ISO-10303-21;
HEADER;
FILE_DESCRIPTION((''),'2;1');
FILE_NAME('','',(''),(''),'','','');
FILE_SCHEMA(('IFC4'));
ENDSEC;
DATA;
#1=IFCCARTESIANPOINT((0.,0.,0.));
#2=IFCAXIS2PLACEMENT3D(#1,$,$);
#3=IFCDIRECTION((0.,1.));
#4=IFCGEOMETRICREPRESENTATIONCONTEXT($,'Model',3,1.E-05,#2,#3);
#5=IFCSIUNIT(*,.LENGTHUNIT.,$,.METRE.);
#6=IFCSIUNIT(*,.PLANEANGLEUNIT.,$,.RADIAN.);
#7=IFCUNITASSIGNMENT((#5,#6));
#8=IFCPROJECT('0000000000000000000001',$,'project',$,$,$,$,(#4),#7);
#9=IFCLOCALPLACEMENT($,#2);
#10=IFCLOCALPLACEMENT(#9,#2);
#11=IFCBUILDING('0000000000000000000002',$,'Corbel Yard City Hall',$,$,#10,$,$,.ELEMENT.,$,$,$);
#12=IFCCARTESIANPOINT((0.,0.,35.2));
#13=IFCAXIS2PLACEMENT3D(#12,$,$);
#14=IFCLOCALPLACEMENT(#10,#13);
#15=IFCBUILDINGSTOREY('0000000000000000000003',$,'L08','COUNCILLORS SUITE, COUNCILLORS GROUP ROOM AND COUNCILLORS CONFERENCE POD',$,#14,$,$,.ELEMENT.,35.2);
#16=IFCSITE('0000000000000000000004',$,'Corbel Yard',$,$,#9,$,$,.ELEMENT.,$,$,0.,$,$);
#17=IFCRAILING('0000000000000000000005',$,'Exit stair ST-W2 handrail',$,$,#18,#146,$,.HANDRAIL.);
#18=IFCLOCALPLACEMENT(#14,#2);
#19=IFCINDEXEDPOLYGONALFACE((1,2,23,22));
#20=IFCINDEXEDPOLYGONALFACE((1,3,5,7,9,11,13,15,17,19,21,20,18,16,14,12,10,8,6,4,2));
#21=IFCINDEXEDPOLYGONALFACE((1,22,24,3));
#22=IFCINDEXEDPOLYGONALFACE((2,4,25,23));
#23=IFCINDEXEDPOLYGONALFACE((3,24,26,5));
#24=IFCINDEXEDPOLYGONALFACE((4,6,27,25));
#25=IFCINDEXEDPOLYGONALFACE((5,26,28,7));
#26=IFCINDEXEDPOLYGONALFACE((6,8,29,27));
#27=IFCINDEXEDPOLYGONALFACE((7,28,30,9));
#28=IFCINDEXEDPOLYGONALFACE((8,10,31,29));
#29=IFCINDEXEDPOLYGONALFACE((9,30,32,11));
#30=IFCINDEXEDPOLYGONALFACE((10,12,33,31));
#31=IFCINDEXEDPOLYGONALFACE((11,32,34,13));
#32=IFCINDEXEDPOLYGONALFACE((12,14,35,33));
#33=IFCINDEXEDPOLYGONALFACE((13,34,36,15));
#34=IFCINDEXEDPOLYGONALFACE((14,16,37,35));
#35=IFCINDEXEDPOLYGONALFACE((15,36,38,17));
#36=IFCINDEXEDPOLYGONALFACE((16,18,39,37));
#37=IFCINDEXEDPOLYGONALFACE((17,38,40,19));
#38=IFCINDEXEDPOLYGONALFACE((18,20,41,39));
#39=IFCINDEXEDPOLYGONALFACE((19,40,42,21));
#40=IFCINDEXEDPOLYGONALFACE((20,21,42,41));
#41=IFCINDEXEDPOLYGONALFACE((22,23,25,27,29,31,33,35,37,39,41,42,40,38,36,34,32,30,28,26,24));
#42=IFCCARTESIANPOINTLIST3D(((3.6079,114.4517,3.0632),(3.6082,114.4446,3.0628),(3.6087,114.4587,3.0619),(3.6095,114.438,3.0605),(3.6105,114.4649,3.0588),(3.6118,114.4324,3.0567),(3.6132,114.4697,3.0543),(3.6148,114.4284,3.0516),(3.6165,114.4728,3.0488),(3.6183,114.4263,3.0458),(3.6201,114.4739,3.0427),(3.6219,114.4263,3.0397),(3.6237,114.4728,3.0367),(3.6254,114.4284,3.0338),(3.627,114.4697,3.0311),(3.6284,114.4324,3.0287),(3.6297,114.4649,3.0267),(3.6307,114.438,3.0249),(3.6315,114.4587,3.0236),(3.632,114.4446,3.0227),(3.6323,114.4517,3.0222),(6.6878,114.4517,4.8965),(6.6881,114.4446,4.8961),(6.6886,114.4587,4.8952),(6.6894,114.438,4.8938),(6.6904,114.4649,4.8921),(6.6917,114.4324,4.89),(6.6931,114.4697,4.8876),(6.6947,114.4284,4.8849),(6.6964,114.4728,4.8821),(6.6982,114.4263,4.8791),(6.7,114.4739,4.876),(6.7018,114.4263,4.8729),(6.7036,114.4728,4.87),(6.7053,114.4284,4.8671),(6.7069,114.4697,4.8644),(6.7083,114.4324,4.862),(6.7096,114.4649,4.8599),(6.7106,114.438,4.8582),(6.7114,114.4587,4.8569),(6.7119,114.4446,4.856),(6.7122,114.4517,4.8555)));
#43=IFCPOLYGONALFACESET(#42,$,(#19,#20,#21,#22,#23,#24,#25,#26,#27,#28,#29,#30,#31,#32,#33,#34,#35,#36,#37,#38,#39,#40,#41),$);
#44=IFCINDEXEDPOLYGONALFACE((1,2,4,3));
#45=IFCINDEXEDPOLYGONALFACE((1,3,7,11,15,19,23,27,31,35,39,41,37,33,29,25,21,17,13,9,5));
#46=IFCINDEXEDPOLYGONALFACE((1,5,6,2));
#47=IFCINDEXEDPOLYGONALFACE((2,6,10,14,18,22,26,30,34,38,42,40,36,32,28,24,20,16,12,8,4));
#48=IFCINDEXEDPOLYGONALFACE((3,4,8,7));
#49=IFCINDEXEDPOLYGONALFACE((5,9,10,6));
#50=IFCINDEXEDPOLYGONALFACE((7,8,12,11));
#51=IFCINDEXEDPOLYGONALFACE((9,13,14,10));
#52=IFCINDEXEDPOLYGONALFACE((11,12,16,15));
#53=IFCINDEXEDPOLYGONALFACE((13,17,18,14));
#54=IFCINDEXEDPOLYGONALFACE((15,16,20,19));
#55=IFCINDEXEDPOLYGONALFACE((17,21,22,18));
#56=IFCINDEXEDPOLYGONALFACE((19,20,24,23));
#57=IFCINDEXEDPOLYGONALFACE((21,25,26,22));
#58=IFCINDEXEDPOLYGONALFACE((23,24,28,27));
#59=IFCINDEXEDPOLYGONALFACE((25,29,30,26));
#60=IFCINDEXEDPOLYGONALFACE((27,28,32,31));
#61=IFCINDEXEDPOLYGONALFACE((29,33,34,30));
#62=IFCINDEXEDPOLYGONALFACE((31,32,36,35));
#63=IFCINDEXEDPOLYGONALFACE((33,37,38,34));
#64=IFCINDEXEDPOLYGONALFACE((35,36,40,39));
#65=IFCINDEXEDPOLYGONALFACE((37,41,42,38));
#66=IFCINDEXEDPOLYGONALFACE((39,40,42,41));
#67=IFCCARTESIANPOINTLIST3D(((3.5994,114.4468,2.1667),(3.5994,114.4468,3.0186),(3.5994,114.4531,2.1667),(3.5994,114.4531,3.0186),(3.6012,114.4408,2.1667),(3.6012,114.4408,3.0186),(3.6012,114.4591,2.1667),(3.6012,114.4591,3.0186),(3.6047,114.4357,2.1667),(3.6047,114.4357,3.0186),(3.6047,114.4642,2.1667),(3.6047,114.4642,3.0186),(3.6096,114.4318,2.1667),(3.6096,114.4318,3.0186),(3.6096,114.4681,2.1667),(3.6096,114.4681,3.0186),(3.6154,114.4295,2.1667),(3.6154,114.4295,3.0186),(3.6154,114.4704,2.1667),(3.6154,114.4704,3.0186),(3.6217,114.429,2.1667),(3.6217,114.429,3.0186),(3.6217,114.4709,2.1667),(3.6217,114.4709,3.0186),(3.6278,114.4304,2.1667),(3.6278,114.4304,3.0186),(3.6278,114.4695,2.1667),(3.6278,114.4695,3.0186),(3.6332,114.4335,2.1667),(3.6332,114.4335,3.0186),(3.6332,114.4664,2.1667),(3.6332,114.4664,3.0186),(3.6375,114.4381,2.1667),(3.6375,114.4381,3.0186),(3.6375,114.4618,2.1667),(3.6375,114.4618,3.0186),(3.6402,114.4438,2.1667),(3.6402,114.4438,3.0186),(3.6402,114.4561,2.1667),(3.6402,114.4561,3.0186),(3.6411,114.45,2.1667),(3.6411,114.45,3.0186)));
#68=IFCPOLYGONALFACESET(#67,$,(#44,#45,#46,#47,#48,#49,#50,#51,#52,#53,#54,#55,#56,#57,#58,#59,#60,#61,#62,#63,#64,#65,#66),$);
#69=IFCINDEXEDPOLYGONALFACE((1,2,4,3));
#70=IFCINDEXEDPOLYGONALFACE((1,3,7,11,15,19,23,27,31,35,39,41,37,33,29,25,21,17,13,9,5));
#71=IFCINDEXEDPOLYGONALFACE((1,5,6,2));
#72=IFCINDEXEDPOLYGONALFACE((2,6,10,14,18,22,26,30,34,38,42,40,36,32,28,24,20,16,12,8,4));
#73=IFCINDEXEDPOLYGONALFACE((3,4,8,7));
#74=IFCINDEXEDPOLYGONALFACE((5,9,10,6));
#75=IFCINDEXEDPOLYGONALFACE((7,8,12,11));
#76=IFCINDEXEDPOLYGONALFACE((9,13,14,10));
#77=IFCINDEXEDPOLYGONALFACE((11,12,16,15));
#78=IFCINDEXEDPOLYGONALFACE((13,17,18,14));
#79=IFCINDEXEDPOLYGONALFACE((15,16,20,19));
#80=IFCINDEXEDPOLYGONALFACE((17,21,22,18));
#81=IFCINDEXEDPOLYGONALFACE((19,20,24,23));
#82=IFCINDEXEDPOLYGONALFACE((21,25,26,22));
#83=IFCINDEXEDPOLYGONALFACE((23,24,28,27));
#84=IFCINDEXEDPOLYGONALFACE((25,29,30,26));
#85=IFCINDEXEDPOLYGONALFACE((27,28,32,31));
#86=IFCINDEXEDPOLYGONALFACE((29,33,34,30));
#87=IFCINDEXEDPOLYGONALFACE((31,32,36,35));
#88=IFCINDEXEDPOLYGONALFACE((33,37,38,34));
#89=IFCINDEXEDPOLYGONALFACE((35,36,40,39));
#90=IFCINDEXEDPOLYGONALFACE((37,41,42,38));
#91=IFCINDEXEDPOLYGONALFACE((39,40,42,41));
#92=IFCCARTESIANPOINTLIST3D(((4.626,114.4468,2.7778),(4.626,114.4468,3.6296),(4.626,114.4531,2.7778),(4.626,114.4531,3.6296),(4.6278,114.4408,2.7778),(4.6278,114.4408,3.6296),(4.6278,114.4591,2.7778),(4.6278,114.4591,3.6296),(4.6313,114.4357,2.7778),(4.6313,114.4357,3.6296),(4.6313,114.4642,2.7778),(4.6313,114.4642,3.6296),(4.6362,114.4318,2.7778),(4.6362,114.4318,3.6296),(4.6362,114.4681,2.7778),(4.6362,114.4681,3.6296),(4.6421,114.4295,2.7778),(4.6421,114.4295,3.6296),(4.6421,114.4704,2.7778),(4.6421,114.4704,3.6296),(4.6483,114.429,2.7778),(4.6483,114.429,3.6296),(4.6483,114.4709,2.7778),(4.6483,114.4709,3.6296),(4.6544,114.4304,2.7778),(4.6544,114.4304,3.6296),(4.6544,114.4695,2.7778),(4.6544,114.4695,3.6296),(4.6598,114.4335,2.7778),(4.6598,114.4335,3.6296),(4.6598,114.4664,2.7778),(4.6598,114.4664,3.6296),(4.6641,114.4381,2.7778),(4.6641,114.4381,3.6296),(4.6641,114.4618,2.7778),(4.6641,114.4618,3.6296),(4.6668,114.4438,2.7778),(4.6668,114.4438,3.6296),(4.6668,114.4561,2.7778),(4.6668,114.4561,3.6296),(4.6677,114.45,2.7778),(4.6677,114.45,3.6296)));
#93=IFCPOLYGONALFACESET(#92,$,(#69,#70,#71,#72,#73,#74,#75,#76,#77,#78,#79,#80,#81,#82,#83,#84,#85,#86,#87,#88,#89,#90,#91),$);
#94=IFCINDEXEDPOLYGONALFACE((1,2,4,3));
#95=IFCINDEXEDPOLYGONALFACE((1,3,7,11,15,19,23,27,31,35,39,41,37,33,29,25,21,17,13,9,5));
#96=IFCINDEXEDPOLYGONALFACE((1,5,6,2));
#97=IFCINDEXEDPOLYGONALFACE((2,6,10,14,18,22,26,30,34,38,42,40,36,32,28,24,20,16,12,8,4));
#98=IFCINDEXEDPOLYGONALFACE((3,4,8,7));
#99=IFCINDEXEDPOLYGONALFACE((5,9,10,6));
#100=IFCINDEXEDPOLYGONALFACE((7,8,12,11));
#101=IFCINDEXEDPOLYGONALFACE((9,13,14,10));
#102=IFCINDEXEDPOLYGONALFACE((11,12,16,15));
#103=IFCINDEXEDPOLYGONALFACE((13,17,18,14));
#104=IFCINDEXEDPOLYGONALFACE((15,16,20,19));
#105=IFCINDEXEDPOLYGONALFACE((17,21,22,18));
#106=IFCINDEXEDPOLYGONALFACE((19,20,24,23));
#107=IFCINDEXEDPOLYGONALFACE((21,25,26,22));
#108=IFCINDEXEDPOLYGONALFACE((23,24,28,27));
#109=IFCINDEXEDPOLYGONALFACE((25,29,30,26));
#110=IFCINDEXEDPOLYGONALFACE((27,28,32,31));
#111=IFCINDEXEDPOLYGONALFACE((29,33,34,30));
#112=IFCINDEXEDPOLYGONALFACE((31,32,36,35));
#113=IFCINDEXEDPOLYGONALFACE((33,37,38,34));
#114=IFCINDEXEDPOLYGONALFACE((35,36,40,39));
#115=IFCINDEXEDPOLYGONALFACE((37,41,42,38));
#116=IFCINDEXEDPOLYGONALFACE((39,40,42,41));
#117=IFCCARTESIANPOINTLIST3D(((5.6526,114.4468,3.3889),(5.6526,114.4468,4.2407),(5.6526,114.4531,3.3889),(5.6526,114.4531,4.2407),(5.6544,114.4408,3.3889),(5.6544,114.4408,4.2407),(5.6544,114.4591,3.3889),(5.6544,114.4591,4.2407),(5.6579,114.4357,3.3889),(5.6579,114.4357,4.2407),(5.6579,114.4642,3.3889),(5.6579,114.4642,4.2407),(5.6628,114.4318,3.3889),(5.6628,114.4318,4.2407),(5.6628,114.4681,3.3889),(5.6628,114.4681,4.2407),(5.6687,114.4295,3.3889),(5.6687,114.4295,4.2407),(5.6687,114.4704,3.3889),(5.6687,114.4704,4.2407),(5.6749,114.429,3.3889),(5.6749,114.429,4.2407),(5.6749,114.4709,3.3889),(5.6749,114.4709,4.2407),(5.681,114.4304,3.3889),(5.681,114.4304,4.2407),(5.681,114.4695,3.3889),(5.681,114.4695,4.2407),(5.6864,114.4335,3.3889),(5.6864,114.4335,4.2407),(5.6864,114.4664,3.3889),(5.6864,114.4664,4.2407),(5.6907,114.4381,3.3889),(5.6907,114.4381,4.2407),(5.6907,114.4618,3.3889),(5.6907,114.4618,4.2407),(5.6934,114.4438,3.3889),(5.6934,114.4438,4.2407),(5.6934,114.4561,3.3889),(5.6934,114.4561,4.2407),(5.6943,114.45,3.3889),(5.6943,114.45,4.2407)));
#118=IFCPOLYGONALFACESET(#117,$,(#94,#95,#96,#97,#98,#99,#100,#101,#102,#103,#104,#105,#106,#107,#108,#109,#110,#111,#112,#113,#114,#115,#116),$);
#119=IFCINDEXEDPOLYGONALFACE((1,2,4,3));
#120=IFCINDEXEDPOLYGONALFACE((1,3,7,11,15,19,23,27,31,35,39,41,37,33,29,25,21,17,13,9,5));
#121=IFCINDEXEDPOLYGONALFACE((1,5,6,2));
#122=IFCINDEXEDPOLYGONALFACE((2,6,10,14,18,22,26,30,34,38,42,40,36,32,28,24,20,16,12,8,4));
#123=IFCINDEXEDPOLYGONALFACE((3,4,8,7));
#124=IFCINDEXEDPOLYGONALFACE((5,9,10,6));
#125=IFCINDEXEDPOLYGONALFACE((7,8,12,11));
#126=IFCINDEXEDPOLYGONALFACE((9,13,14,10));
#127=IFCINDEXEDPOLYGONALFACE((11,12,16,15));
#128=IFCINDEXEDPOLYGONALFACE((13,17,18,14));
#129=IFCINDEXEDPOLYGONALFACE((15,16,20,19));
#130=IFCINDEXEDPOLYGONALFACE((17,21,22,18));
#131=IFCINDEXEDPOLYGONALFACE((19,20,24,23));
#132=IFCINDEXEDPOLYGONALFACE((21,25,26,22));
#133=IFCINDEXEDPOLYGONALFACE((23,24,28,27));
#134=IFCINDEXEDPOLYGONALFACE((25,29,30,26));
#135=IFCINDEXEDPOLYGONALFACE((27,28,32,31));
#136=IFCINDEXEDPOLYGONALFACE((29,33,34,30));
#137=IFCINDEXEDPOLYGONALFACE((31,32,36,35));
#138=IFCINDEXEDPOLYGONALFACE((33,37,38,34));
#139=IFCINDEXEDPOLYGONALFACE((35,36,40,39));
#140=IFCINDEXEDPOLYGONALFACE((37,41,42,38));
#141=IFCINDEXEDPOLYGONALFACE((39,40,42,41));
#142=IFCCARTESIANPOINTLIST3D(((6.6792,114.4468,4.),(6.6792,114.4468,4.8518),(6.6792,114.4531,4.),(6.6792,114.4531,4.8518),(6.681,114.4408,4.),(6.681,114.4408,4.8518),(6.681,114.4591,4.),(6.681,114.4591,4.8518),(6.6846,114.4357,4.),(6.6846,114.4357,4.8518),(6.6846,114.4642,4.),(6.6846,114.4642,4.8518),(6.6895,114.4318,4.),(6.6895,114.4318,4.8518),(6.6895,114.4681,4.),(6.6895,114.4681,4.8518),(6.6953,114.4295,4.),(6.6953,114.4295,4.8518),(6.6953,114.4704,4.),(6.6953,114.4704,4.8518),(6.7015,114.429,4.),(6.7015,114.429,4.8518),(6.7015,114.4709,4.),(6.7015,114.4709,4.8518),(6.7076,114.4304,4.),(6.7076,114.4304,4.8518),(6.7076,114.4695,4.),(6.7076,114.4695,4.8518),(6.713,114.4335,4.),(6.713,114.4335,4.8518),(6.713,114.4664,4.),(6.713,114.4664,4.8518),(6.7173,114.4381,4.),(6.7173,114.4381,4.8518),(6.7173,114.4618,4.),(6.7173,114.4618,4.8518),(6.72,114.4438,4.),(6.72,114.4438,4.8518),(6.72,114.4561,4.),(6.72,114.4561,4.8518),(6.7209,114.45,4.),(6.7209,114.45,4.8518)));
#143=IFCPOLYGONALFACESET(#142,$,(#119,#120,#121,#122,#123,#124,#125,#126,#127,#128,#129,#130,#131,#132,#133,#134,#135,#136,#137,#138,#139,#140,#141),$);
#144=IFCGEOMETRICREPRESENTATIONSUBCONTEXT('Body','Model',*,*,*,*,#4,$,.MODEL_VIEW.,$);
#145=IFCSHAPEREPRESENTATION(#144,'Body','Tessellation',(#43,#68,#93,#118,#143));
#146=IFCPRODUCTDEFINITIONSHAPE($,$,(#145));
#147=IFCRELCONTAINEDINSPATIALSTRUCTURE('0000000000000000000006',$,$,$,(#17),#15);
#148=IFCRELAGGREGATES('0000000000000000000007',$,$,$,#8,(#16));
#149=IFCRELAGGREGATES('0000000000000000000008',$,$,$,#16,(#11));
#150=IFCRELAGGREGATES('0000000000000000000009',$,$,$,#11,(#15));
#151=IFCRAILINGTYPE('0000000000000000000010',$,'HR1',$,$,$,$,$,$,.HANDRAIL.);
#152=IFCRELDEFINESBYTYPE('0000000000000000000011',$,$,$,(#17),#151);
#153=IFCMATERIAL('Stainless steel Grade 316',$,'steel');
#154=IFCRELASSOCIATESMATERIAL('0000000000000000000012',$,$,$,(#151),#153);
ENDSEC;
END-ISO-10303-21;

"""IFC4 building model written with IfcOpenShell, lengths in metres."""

from ifc_helpers import new_model, si_unit, direction, frame, origin, origin_2d, place, context, subcontext, project, spatial, circle, extrude, material, type_object, element, save


model = new_model("IFC4")

# Units and contexts
model_context = context("Model", 3, precision=1e-05, world=origin(), true_north=direction((0.0, 1.0)))
body_context = subcontext(model_context, "Body", "Model", "MODEL_VIEW")
ifc_project = project(units=[si_unit("LENGTHUNIT", "METRE"), si_unit("PLANEANGLEUNIT", "RADIAN")], contexts=[model_context])

# Site, building, storey
site_placement = place(None, origin())
site = spatial("IfcSite", under=ifc_project, at=site_placement, Name="Corbel Yard", CompositionType="ELEMENT", RefElevation=0.0)
building_placement = place(site_placement, origin())
building = spatial("IfcBuilding", under=site, at=building_placement, Name="Corbel Yard City Hall", CompositionType="ELEMENT")
storey_placement = place(building_placement, frame((0.0, 0.0, 35.2)))
storey = spatial("IfcBuildingStorey", under=building, at=storey_placement, Name="L08", Description="COUNCILLORS SUITE, COUNCILLORS GROUP ROOM AND COUNCILLORS CONFERENCE POD", CompositionType="ELEMENT", Elevation=35.2)

# Shared definitions
ifc_material_1 = material(Name="Stainless steel Grade 316", Category="steel")

# Railing
railing_type = type_object("IfcRailingType", Name="HR1", PredefinedType="HANDRAIL", material=ifc_material_1)
for number, where, name in (
    (1, (3.6201, 114.45, 2.1667), "Exit stair ST-W2 handrail"),
):
    element("IfcRailing", number, at=place(storey_placement, frame(where)), inside=storey, type_object=railing_type, Name=name, PredefinedType="HANDRAIL", context=body_context, shape_type="SweptSolid", body=[
        extrude(circle(Radius=0.0239, at=origin_2d()), frame((0.0, 0.0, 0.876), z_axis=(0.859291, 0.0, 0.511487), x_axis=(0.0, 1.0, 0.0)), (0.0, 0.0, 1.0), 3.5842),
        extrude(circle(Radius=0.021, at=origin_2d()), origin(), (0.0, 0.0, 1.0), 0.8518),
        extrude(circle(Radius=0.021, at=origin_2d()), frame((1.0266, 0.0, 0.6111)), (0.0, 0.0, 1.0), 0.8518),
        extrude(circle(Radius=0.021, at=origin_2d()), frame((2.0532, 0.0, 1.2222)), (0.0, 0.0, 1.0), 0.8518),
        extrude(circle(Radius=0.021, at=origin_2d()), frame((3.0798, 0.0, 1.8333)), (0.0, 0.0, 1.0), 0.8518),
    ])

save(model, "model.ifc")
